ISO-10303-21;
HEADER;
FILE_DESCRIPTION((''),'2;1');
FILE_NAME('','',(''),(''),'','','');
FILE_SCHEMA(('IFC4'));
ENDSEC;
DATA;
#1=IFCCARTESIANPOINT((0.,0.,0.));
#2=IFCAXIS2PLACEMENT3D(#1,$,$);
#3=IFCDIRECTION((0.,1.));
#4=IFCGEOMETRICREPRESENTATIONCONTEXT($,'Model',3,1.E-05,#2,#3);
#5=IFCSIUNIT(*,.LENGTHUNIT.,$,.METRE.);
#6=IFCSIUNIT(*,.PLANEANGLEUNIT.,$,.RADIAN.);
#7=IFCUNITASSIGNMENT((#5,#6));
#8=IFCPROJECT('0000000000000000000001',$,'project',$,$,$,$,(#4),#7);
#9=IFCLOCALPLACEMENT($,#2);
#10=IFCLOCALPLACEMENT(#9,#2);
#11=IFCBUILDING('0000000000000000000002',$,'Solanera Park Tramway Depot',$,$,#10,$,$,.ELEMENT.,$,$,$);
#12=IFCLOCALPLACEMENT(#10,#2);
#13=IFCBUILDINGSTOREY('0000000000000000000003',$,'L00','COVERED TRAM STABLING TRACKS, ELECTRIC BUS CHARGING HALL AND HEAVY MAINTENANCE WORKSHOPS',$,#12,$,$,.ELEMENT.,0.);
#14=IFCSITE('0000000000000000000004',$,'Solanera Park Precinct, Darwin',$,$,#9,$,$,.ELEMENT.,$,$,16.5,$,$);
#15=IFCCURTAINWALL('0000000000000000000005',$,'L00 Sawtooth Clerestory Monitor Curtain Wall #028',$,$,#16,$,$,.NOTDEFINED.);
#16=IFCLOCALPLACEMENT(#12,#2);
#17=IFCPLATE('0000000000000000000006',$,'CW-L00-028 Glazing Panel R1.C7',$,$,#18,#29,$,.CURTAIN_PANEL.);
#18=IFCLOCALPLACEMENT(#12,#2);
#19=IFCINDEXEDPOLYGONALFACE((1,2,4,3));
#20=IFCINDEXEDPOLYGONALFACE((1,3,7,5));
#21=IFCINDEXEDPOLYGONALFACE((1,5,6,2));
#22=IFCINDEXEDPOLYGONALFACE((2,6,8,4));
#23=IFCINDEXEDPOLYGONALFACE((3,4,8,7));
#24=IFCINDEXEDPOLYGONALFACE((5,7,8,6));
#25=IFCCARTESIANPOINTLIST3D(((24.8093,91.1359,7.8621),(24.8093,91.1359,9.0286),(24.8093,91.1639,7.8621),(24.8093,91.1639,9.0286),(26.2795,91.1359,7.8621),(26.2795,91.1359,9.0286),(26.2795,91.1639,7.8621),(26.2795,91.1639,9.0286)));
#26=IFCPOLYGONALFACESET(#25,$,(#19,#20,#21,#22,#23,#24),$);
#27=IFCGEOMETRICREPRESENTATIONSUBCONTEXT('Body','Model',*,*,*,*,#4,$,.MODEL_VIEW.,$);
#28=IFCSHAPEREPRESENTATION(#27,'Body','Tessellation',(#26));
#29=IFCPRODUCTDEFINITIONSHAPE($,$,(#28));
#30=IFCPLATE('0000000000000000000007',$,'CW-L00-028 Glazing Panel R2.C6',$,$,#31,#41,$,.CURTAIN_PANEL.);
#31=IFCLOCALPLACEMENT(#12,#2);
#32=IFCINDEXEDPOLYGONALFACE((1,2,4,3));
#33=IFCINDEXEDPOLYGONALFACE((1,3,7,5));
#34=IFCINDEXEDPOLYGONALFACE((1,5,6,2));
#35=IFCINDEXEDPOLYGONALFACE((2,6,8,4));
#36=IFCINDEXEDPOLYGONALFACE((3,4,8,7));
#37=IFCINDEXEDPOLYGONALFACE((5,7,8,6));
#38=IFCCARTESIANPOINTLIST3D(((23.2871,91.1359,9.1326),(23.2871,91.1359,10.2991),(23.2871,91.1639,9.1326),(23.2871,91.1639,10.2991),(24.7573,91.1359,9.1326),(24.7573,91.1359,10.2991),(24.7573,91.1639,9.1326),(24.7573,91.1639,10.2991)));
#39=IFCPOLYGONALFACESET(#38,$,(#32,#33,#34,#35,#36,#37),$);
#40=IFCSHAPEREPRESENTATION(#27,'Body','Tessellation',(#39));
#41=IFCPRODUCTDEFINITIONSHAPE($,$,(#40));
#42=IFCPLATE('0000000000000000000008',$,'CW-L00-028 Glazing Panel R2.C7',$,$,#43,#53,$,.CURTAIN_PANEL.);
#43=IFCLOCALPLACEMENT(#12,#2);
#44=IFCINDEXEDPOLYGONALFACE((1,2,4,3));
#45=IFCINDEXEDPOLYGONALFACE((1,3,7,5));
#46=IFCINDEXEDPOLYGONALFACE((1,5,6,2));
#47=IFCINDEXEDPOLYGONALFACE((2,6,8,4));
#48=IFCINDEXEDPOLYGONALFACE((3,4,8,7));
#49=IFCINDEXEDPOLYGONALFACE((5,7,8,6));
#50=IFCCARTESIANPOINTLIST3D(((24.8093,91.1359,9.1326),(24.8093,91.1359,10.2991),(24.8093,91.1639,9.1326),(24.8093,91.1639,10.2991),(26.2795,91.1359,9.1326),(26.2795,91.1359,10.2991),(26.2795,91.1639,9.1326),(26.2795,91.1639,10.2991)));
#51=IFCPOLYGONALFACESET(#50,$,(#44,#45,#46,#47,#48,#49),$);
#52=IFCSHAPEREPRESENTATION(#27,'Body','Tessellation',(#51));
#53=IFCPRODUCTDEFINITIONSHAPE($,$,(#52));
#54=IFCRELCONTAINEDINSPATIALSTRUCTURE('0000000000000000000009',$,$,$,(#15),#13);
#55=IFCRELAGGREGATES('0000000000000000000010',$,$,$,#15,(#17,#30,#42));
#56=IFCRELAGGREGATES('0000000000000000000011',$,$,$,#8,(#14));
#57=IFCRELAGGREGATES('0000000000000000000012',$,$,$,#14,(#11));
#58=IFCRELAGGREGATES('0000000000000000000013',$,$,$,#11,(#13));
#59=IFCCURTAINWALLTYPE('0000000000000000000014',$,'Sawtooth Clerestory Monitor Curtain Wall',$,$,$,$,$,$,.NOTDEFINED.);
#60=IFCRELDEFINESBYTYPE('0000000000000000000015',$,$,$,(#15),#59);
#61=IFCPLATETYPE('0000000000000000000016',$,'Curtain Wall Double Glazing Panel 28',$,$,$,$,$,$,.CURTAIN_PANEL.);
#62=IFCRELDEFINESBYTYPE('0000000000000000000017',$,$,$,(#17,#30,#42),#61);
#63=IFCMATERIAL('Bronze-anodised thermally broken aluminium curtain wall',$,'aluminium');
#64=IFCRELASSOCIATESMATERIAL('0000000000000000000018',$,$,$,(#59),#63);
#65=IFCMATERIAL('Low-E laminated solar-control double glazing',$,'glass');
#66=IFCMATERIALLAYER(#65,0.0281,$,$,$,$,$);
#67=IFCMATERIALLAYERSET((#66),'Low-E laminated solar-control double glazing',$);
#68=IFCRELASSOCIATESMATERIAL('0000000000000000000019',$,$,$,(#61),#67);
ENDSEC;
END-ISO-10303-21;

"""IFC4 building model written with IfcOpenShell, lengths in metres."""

from ifc_helpers import new_model, si_unit, direction, frame, origin, origin_2d, place, context, subcontext, project, spatial, rectangle, extrude, material, layer, layer_set, type_object, element, aggregate, save


model = new_model("IFC4")

# Units and contexts
model_context = context("Model", 3, precision=1e-05, world=origin(), true_north=direction((0.0, 1.0)))
body_context = subcontext(model_context, "Body", "Model", "MODEL_VIEW")
ifc_project = project(units=[si_unit("LENGTHUNIT", "METRE"), si_unit("PLANEANGLEUNIT", "RADIAN")], contexts=[model_context])

# Site, building, storey
site_placement = place(None, origin())
site = spatial("IfcSite", under=ifc_project, at=site_placement, Name="Solanera Park Precinct, Darwin", CompositionType="ELEMENT", RefElevation=16.5)
building_placement = place(site_placement, origin())
building = spatial("IfcBuilding", under=site, at=building_placement, Name="Solanera Park Tramway Depot", CompositionType="ELEMENT")
storey_placement = place(building_placement, origin())
storey = spatial("IfcBuildingStorey", under=building, at=storey_placement, Name="L00", Description="COVERED TRAM STABLING TRACKS, ELECTRIC BUS CHARGING HALL AND HEAVY MAINTENANCE WORKSHOPS", CompositionType="ELEMENT", Elevation=0.0)

# Shared definitions
ifc_material_1 = material(Name="Bronze-anodised thermally broken aluminium curtain wall", Category="aluminium")
curtain_wall_type = type_object("IfcCurtainWallType", Name="Sawtooth Clerestory Monitor Curtain Wall", PredefinedType="NOTDEFINED", material=ifc_material_1)

# Curtain wall
curtain_wall_1_placement = place(storey_placement, origin())
curtain_wall_1 = element("IfcCurtainWall", 1, at=curtain_wall_1_placement, inside=storey, type_object=curtain_wall_type, Name="L00 Sawtooth Clerestory Monitor Curtain Wall #028", PredefinedType="NOTDEFINED")

# Plates
ifc_material_2 = material(Name="Low-E laminated solar-control double glazing", Category="glass")
ifc_layer = layer(ifc_material_2, 0.0281)
ifc_layer_set = layer_set([ifc_layer], Name="Low-E laminated solar-control double glazing")
plate_type = type_object("IfcPlateType", Name="Curtain Wall Double Glazing Panel 28", PredefinedType="CURTAIN_PANEL", material=ifc_layer_set)
plate_1_placement = place(storey_placement, frame((25.5444, 91.1499, 7.8621), z_axis=(0.0, 0.0, 1.0), x_axis=(1.0, 0.0, 0.0)))
plate_1 = element("IfcPlate", 2, at=plate_1_placement, type_object=plate_type, Name="CW-L00-028 Glazing Panel R1.C7", PredefinedType="CURTAIN_PANEL", context=body_context, shape_type="SweptSolid", body=[
    extrude(rectangle(XDim=1.4702, YDim=0.0281, at=origin_2d()), origin(), (0.0, 0.0, 1.0), 1.1665),
])
plate_2_placement = place(storey_placement, frame((24.0222, 91.1499, 9.1326), z_axis=(0.0, 0.0, 1.0), x_axis=(1.0, 0.0, 0.0)))
plate_2 = element("IfcPlate", 3, at=plate_2_placement, type_object=plate_type, Name="CW-L00-028 Glazing Panel R2.C6", PredefinedType="CURTAIN_PANEL", context=body_context, shape_type="SweptSolid", body=[
    extrude(rectangle(XDim=1.4702, YDim=0.0281, at=origin_2d()), origin(), (0.0, 0.0, 1.0), 1.1665),
])
plate_3_placement = place(storey_placement, frame((25.5444, 91.1499, 9.1326), z_axis=(0.0, 0.0, 1.0), x_axis=(1.0, 0.0, 0.0)))
plate_3 = element("IfcPlate", 4, at=plate_3_placement, type_object=plate_type, Name="CW-L00-028 Glazing Panel R2.C7", PredefinedType="CURTAIN_PANEL", context=body_context, shape_type="SweptSolid", body=[
    extrude(rectangle(XDim=1.4702, YDim=0.0281, at=origin_2d()), origin(), (0.0, 0.0, 1.0), 1.1665),
])
aggregate(curtain_wall_1, [plate_1, plate_2, plate_3])

save(model, "model.ifc")
